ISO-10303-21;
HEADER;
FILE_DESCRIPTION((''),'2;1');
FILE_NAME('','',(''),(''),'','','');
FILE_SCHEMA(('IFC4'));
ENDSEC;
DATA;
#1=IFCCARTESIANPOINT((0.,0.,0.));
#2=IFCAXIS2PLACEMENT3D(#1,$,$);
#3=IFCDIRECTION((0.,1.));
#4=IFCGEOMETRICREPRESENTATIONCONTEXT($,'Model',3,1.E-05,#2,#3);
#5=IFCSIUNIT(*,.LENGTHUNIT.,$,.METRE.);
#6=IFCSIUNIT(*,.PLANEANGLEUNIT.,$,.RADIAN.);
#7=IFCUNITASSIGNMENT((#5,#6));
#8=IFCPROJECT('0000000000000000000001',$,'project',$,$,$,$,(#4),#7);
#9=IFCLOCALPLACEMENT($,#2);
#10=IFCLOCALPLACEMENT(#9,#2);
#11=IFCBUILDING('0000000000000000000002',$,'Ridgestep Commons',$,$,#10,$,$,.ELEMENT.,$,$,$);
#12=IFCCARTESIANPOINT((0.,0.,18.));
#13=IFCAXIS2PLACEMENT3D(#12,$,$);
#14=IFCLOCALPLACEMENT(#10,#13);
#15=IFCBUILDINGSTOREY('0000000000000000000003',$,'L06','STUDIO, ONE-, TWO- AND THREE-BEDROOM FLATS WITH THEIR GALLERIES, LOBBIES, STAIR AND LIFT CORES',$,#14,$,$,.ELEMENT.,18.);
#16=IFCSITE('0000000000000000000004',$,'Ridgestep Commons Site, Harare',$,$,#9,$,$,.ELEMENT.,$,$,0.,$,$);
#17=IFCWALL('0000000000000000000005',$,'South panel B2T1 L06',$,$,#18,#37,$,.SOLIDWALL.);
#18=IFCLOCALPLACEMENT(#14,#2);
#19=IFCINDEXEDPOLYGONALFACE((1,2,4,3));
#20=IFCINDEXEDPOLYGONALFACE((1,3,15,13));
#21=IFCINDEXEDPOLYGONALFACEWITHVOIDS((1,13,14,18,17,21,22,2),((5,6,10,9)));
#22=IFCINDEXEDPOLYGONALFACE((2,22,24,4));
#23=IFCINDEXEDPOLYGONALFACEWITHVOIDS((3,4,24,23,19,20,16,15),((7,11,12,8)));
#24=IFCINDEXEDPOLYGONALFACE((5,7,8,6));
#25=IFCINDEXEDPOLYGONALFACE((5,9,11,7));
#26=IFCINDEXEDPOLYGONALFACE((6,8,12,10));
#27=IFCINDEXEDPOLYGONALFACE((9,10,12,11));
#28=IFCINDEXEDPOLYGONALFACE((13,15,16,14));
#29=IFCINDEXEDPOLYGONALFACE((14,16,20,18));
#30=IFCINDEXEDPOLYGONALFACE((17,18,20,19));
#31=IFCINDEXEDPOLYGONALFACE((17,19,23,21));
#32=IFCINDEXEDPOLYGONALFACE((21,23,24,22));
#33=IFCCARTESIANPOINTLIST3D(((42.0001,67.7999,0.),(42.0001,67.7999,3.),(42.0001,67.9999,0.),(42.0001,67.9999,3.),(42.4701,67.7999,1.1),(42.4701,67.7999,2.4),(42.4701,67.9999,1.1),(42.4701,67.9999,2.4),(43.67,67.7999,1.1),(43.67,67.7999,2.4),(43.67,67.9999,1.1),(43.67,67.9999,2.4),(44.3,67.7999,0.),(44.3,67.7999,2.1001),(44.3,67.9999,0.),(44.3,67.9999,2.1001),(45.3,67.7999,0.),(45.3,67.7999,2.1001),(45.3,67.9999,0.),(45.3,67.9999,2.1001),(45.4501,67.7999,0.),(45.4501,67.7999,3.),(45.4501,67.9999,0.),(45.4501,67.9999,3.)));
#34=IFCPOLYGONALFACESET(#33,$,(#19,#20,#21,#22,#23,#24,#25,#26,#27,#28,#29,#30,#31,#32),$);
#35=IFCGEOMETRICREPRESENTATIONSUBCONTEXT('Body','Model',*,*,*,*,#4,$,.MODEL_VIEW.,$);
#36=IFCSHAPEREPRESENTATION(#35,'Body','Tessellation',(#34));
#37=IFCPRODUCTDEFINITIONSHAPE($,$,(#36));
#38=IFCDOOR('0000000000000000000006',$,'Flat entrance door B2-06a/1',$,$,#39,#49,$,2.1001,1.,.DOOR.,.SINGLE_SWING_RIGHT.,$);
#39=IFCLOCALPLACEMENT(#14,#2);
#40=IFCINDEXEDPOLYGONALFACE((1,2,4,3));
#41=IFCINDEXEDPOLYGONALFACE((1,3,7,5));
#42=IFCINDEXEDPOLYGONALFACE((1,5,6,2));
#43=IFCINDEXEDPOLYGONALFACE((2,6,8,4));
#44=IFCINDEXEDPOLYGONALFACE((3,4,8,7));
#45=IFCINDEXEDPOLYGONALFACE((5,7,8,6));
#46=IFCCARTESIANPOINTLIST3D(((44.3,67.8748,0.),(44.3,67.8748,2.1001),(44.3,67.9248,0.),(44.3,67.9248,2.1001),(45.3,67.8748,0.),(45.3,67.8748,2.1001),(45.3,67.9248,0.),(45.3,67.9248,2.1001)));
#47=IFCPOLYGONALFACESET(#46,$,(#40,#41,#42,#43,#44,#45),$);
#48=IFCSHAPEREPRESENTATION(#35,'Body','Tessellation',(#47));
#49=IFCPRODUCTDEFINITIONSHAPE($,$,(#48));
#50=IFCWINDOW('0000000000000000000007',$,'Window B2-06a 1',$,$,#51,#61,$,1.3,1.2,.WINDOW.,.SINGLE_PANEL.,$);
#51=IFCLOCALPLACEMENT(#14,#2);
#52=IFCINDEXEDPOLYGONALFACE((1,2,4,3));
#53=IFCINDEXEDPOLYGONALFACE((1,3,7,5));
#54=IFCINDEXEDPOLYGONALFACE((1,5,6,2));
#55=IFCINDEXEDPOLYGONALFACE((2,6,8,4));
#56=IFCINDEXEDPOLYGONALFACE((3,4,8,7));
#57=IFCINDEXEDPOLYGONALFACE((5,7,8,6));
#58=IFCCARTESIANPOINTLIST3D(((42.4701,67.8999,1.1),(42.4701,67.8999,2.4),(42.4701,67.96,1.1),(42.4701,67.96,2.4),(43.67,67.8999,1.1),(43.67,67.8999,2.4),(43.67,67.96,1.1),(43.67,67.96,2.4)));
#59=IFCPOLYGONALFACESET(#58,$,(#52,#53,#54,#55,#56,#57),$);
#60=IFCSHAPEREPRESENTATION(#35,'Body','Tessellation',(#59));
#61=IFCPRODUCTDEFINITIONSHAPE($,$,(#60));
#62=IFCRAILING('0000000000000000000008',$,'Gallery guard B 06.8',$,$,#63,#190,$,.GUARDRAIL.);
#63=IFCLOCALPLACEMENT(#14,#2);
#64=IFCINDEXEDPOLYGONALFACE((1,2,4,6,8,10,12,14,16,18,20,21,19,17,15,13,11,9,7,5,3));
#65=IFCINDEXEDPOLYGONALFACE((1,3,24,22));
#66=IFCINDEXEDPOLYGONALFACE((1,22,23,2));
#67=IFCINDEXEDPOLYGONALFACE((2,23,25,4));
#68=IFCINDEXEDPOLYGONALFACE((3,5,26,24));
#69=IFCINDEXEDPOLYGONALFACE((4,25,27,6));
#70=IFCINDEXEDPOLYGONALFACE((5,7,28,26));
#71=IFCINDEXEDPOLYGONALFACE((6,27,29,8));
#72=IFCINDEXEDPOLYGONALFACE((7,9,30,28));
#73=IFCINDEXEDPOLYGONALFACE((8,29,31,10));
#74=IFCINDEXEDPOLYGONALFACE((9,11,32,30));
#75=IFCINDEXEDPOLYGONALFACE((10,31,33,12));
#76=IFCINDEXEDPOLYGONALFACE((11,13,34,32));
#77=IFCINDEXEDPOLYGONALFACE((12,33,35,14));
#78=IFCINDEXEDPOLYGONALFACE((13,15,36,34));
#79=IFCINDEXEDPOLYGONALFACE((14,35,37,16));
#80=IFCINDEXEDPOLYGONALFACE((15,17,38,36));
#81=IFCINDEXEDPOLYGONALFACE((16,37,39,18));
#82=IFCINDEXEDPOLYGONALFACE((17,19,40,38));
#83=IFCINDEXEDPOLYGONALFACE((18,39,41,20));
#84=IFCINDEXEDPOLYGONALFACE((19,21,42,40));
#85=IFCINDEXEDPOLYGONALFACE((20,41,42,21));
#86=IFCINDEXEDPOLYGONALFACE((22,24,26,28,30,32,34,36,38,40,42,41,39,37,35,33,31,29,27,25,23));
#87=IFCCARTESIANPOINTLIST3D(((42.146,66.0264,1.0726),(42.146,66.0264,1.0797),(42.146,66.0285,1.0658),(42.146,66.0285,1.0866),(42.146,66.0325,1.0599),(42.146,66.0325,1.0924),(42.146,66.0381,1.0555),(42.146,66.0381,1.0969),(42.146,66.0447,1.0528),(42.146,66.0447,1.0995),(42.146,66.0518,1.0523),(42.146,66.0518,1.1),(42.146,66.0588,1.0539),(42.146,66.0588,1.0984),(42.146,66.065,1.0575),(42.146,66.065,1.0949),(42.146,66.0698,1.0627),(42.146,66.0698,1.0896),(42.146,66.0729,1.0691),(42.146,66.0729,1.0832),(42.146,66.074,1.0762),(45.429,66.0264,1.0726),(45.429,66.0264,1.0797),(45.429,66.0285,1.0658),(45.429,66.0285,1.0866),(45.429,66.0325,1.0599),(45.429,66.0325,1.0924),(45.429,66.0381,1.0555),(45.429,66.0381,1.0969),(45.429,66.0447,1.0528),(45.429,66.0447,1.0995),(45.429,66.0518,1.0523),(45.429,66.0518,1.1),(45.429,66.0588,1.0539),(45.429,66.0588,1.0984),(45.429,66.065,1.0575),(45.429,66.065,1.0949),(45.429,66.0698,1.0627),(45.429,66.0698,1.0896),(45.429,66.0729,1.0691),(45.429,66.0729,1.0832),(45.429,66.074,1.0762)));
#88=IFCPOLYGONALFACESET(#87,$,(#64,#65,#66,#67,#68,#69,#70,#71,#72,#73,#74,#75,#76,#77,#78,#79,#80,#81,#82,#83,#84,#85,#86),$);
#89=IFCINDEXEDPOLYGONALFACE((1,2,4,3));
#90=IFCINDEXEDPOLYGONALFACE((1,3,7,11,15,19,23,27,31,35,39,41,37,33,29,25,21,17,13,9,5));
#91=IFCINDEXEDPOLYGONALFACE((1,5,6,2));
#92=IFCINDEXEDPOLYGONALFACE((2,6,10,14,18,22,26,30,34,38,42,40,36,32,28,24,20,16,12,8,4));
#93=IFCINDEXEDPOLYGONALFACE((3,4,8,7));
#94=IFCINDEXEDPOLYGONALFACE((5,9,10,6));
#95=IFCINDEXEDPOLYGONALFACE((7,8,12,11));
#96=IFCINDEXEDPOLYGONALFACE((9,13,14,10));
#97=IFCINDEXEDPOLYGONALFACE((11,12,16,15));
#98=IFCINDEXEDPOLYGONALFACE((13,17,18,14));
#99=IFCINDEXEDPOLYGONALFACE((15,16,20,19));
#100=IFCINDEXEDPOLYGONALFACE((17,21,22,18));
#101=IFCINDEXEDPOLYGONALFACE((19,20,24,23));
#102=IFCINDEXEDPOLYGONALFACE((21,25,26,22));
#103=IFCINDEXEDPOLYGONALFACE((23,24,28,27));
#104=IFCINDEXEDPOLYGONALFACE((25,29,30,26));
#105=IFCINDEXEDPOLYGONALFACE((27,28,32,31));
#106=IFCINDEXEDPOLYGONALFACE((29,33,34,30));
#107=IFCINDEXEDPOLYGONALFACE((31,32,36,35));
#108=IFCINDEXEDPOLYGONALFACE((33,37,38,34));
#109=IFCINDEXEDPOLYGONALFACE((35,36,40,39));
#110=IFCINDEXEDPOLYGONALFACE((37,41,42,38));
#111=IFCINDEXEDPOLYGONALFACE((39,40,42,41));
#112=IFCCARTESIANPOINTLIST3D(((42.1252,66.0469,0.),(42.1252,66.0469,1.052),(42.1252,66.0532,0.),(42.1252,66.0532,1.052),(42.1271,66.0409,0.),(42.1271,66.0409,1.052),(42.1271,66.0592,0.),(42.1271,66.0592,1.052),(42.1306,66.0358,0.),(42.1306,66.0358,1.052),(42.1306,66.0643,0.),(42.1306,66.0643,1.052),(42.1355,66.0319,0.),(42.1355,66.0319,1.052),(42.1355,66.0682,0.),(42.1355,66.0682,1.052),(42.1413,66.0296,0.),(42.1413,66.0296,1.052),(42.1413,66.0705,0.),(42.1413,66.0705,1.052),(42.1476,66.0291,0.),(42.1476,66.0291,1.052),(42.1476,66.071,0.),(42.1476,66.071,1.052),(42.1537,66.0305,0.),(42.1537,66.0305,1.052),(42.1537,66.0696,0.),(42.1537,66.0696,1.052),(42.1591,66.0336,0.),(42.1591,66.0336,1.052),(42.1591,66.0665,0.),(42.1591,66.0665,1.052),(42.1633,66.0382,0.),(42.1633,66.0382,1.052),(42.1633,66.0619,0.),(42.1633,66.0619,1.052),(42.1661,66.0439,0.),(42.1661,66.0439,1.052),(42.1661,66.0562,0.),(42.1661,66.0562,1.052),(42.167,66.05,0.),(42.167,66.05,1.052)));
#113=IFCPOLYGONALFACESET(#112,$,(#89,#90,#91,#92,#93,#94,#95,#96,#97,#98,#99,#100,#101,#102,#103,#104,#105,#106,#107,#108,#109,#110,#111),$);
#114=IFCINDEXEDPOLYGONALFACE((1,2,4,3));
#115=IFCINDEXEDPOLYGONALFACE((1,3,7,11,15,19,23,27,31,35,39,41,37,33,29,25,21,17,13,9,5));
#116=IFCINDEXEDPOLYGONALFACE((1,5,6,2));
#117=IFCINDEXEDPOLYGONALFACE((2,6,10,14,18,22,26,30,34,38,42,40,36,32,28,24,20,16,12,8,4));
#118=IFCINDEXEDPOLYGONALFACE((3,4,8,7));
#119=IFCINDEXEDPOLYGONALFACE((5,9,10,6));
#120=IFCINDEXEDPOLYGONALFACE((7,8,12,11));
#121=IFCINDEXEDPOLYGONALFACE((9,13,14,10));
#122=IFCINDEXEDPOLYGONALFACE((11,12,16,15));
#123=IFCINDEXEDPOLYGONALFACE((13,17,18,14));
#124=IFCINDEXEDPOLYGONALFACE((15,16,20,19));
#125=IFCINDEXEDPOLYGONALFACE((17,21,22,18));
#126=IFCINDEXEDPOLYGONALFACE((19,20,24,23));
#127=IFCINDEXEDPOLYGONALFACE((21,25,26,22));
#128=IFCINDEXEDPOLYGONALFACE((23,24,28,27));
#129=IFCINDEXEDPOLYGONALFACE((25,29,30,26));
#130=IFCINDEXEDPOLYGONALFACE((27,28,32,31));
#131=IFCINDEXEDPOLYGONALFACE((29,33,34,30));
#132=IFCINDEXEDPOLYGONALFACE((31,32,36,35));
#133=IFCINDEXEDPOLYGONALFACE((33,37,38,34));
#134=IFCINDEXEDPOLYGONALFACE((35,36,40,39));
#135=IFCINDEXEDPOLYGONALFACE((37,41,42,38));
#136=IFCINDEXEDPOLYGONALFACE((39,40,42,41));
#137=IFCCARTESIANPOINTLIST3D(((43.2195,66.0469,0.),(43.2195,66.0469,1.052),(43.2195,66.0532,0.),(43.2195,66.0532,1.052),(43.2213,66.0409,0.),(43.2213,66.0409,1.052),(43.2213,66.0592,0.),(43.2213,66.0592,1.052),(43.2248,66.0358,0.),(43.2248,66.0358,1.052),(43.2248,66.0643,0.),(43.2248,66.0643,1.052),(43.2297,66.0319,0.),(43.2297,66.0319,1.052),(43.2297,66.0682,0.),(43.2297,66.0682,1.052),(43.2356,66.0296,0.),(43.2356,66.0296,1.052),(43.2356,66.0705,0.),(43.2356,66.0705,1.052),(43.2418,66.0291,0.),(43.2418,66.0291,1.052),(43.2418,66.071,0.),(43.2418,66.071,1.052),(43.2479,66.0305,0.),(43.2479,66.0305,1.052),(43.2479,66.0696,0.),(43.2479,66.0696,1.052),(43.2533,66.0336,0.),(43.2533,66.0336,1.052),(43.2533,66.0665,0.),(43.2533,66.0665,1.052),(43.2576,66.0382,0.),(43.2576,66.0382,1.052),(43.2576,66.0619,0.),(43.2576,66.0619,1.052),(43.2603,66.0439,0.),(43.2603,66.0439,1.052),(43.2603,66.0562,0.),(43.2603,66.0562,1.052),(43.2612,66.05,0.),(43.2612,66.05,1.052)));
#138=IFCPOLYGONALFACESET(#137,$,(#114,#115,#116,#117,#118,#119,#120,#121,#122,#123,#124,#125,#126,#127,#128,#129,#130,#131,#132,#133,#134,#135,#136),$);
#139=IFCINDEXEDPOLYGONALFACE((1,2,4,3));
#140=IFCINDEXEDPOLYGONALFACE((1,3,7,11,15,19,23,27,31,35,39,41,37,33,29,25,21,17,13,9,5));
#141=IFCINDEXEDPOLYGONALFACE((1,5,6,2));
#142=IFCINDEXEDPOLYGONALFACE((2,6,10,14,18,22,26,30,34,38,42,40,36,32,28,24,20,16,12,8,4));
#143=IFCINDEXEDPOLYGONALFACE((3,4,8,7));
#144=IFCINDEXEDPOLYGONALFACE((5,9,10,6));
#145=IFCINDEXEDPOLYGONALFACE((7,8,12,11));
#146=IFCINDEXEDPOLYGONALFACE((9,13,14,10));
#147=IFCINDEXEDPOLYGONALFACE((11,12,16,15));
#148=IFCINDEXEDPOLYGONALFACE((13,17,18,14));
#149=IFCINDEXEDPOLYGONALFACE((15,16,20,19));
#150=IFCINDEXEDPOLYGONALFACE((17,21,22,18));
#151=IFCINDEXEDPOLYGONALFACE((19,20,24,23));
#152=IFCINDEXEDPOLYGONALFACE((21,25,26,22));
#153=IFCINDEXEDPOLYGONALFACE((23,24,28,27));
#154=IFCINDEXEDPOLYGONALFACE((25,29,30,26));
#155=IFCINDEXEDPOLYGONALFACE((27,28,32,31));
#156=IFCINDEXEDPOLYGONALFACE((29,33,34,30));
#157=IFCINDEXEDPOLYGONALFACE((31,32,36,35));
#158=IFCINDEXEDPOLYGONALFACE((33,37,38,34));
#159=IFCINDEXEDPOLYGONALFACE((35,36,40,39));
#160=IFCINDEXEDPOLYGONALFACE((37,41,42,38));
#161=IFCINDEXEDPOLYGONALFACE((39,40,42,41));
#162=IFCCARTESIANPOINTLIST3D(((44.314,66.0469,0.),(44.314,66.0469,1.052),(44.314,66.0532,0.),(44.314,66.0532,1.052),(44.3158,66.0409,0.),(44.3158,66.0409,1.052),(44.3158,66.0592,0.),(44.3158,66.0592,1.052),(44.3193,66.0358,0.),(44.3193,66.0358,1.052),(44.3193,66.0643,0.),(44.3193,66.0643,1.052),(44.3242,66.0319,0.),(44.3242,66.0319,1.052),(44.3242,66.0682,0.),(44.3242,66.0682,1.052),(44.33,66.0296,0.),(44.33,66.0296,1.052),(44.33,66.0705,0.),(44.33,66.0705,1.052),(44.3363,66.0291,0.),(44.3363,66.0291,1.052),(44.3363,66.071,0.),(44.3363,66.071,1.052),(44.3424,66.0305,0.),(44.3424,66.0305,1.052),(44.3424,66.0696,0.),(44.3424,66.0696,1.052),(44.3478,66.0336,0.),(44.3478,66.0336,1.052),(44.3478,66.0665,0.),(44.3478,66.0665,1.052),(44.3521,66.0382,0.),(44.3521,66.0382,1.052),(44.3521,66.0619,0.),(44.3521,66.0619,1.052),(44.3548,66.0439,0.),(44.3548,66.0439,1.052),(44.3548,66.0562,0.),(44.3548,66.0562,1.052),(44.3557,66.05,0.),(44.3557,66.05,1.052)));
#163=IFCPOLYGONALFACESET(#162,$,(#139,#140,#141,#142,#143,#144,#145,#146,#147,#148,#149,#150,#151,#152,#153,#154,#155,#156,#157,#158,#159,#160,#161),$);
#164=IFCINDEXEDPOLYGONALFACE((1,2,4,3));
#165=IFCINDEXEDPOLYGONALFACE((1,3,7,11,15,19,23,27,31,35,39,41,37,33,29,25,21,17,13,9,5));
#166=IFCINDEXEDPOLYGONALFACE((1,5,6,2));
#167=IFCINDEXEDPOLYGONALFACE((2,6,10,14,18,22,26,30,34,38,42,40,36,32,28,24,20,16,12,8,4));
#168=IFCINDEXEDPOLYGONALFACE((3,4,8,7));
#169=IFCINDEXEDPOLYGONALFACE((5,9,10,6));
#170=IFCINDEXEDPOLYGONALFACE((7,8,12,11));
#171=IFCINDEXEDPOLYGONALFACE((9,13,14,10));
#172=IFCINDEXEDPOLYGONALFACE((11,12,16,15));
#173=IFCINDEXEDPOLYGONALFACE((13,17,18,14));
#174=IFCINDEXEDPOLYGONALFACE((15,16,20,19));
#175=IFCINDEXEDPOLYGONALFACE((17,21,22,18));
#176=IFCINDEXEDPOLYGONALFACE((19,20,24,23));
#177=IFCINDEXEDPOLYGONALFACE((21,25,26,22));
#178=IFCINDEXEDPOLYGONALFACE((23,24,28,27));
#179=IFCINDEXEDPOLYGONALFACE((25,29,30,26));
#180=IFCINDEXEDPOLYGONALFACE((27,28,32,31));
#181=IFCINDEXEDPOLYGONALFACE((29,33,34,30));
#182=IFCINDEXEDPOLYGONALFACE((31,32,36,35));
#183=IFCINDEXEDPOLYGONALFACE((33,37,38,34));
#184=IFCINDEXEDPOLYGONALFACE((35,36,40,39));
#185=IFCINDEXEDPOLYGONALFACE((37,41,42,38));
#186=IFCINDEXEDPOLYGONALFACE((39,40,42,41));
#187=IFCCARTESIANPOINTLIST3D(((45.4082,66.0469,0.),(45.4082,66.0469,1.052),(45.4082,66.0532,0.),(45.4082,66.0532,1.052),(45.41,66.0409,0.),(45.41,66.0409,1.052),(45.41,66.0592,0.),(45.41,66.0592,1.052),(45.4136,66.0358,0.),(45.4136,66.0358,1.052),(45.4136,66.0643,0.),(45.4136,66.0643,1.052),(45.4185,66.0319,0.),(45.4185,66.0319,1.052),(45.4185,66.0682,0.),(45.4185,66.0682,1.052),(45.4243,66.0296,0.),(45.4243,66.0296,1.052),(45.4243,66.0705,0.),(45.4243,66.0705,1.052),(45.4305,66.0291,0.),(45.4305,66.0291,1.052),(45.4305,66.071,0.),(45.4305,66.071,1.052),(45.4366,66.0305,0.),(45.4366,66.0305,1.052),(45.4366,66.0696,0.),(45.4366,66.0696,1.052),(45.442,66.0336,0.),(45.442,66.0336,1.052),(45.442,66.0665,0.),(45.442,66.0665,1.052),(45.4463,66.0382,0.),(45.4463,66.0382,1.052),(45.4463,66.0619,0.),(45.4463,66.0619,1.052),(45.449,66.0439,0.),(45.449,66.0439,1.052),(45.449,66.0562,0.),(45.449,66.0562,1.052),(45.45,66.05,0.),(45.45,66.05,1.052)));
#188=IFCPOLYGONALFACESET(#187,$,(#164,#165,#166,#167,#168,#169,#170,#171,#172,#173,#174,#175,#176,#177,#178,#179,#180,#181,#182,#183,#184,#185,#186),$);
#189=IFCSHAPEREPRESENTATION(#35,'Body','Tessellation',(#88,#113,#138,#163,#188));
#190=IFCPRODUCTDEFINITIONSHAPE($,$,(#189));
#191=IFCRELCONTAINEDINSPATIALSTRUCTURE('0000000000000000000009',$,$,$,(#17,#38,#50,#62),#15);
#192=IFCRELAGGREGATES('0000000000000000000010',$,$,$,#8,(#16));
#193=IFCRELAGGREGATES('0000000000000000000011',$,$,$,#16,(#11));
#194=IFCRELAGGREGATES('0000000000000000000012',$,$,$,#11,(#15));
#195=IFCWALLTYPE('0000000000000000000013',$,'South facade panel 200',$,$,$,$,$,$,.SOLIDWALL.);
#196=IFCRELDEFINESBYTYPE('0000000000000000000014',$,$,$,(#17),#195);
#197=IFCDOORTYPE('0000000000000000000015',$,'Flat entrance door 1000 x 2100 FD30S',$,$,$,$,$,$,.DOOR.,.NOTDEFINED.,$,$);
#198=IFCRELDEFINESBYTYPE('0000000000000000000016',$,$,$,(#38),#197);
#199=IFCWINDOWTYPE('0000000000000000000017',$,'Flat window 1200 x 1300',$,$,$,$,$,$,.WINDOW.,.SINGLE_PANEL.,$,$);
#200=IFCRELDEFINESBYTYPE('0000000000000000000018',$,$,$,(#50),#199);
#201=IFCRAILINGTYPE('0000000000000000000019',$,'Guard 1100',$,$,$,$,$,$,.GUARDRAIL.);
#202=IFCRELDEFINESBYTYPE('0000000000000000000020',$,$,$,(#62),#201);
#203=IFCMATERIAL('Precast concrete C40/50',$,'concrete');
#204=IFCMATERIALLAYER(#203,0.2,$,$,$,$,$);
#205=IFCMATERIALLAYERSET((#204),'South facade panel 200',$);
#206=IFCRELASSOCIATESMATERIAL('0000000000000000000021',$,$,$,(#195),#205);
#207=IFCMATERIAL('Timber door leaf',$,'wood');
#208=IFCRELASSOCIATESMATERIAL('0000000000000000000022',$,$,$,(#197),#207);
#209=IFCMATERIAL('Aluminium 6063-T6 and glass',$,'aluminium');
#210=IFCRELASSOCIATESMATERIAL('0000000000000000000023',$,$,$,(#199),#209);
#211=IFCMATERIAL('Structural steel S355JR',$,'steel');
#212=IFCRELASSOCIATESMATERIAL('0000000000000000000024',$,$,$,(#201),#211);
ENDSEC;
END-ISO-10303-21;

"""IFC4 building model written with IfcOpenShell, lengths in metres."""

from ifc_helpers import new_model, si_unit, direction, frame, frame_2d, origin, origin_2d, place, context, subcontext, project, spatial, rectangle, circle, extrude, material, layer, layer_set, type_object, element, fill, save


model = new_model("IFC4")

# Units and contexts
model_context = context("Model", 3, precision=1e-05, world=origin(), true_north=direction((0.0, 1.0)))
body_context = subcontext(model_context, "Body", "Model", "MODEL_VIEW")
ifc_project = project(units=[si_unit("LENGTHUNIT", "METRE"), si_unit("PLANEANGLEUNIT", "RADIAN")], contexts=[model_context])

# Site, building, storey
site_placement = place(None, origin())
site = spatial("IfcSite", under=ifc_project, at=site_placement, Name="Ridgestep Commons Site, Harare", CompositionType="ELEMENT", RefElevation=0.0)
building_placement = place(site_placement, origin())
building = spatial("IfcBuilding", under=site, at=building_placement, Name="Ridgestep Commons", CompositionType="ELEMENT")
storey_placement = place(building_placement, frame((0.0, 0.0, 18.0)))
storey = spatial("IfcBuildingStorey", under=building, at=storey_placement, Name="L06", Description="STUDIO, ONE-, TWO- AND THREE-BEDROOM FLATS WITH THEIR GALLERIES, LOBBIES, STAIR AND LIFT CORES", CompositionType="ELEMENT", Elevation=18.0)

# Wall, openings, door, window
ifc_material_1 = material(Name="Precast concrete C40/50", Category="concrete")
ifc_layer_1 = layer(ifc_material_1, 0.2)
ifc_layer_set_1 = layer_set([ifc_layer_1], Name="South facade panel 200")
wall_type_1 = type_object("IfcWallType", Name="South facade panel 200", PredefinedType="SOLIDWALL", material=ifc_layer_set_1)
wall_1_placement = place(storey_placement, frame((42.0, 67.8999, 0.0), z_axis=(0.0, 0.0, 1.0), x_axis=(1.0, 0.0, 0.0)))
wall_1 = element("IfcWall", 1, at=wall_1_placement, inside=storey, type_object=wall_type_1, Name="South panel B2T1 L06", PredefinedType="SOLIDWALL", context=body_context, shape_type="SweptSolid", body=[
    extrude(rectangle(XDim=3.45, YDim=0.2, at=frame_2d((1.7251, 0.0))), origin(), (0.0, 0.0, 1.0), 3.0),
])
opening_1_placement = place(wall_1_placement, frame((0.47, 0.0, 1.1001)))
opening_1 = element("IfcOpeningElement", 2, at=opening_1_placement, cuts=wall_1, PredefinedType="OPENING", context=body_context, shape_type="SweptSolid", body=[
    extrude(rectangle(XDim=1.2, YDim=1.3, at=frame_2d((0.6001, 0.6499))), frame((0.0, 0.1099, 0.0), z_axis=(0.0, -1.0, 0.0), x_axis=(1.0, 0.0, 0.0)), (0.0, 0.0, 1.0), 0.22),
])
opening_2_placement = place(wall_1_placement, frame((2.3, 0.0, 0.0)))
opening_2 = element("IfcOpeningElement", 3, at=opening_2_placement, cuts=wall_1, PredefinedType="OPENING", context=body_context, shape_type="SweptSolid", body=[
    extrude(rectangle(XDim=1.0, YDim=2.1001, at=frame_2d((0.5, 1.05))), frame((0.0, 0.1099, 0.0), z_axis=(0.0, -1.0, 0.0), x_axis=(1.0, 0.0, 0.0)), (0.0, 0.0, 1.0), 0.22),
])
ifc_material_2 = material(Name="Timber door leaf", Category="wood")
door_type_1 = type_object("IfcDoorType", Name="Flat entrance door 1000 x 2100 FD30S", OperationType="NOTDEFINED", PredefinedType="DOOR", material=ifc_material_2)
door_1_placement = place(opening_2_placement, origin())
door_1 = element("IfcDoor", 4, at=door_1_placement, inside=storey, type_object=door_type_1, Name="Flat entrance door B2-06a/1", OperationType="SINGLE_SWING_RIGHT", OverallHeight=2.1001, OverallWidth=1.0, PredefinedType="DOOR", context=body_context, shape_type="SweptSolid", body=[
    extrude(rectangle(XDim=1.0, YDim=2.1001, at=frame_2d((0.5, 1.05))), frame((0.0, 0.0249, 0.0), z_axis=(0.0, -1.0, 0.0), x_axis=(1.0, 0.0, 0.0)), (0.0, 0.0, 1.0), 0.05),
])
fill(opening_2, door_1)
ifc_material_3 = material(Name="Aluminium 6063-T6 and glass", Category="aluminium")
window_type = type_object("IfcWindowType", Name="Flat window 1200 x 1300", PartitioningType="SINGLE_PANEL", PredefinedType="WINDOW", material=ifc_material_3)
window_placement = place(opening_1_placement, origin())
window = element("IfcWindow", 5, at=window_placement, inside=storey, type_object=window_type, Name="Window B2-06a 1", OverallHeight=1.3, OverallWidth=1.2, PartitioningType="SINGLE_PANEL", PredefinedType="WINDOW", context=body_context, shape_type="SweptSolid", body=[
    extrude(rectangle(XDim=1.2, YDim=1.3, at=frame_2d((0.6001, 0.6499))), frame((0.0, 0.0601, 0.0), z_axis=(0.0, -1.0, 0.0), x_axis=(1.0, 0.0, 0.0)), (0.0, 0.0, 1.0), 0.0601),
])
fill(opening_1, window)

# Railing
ifc_material_4 = material(Name="Structural steel S355JR", Category="steel")
railing_type = type_object("IfcRailingType", Name="Guard 1100", PredefinedType="GUARDRAIL", material=ifc_material_4)
railing_placement = place(storey_placement, frame((42.146, 66.05, 0.0)))
element("IfcRailing", 6, at=railing_placement, inside=storey, type_object=railing_type, Name="Gallery guard B 06.8", PredefinedType="GUARDRAIL", context=body_context, shape_type="SweptSolid", body=[
    extrude(circle(Radius=0.0239, at=origin_2d()), frame((0.0, 0.0, 1.0762), z_axis=(1.0, 0.0, 0.0), x_axis=(0.0, 1.0, 0.0)), (0.0, 0.0, 1.0), 3.283),
    extrude(circle(Radius=0.021, at=origin_2d()), origin(), (0.0, 0.0, 1.0), 1.052),
    extrude(circle(Radius=0.021, at=origin_2d()), frame((1.0942, 0.0, 0.0)), (0.0, 0.0, 1.0), 1.052),
    extrude(circle(Radius=0.021, at=origin_2d()), frame((2.1887, 0.0, 0.0)), (0.0, 0.0, 1.0), 1.052),
    extrude(circle(Radius=0.021, at=origin_2d()), frame((3.283, 0.0, 0.0)), (0.0, 0.0, 1.0), 1.052),
])

save(model, "model.ifc")
